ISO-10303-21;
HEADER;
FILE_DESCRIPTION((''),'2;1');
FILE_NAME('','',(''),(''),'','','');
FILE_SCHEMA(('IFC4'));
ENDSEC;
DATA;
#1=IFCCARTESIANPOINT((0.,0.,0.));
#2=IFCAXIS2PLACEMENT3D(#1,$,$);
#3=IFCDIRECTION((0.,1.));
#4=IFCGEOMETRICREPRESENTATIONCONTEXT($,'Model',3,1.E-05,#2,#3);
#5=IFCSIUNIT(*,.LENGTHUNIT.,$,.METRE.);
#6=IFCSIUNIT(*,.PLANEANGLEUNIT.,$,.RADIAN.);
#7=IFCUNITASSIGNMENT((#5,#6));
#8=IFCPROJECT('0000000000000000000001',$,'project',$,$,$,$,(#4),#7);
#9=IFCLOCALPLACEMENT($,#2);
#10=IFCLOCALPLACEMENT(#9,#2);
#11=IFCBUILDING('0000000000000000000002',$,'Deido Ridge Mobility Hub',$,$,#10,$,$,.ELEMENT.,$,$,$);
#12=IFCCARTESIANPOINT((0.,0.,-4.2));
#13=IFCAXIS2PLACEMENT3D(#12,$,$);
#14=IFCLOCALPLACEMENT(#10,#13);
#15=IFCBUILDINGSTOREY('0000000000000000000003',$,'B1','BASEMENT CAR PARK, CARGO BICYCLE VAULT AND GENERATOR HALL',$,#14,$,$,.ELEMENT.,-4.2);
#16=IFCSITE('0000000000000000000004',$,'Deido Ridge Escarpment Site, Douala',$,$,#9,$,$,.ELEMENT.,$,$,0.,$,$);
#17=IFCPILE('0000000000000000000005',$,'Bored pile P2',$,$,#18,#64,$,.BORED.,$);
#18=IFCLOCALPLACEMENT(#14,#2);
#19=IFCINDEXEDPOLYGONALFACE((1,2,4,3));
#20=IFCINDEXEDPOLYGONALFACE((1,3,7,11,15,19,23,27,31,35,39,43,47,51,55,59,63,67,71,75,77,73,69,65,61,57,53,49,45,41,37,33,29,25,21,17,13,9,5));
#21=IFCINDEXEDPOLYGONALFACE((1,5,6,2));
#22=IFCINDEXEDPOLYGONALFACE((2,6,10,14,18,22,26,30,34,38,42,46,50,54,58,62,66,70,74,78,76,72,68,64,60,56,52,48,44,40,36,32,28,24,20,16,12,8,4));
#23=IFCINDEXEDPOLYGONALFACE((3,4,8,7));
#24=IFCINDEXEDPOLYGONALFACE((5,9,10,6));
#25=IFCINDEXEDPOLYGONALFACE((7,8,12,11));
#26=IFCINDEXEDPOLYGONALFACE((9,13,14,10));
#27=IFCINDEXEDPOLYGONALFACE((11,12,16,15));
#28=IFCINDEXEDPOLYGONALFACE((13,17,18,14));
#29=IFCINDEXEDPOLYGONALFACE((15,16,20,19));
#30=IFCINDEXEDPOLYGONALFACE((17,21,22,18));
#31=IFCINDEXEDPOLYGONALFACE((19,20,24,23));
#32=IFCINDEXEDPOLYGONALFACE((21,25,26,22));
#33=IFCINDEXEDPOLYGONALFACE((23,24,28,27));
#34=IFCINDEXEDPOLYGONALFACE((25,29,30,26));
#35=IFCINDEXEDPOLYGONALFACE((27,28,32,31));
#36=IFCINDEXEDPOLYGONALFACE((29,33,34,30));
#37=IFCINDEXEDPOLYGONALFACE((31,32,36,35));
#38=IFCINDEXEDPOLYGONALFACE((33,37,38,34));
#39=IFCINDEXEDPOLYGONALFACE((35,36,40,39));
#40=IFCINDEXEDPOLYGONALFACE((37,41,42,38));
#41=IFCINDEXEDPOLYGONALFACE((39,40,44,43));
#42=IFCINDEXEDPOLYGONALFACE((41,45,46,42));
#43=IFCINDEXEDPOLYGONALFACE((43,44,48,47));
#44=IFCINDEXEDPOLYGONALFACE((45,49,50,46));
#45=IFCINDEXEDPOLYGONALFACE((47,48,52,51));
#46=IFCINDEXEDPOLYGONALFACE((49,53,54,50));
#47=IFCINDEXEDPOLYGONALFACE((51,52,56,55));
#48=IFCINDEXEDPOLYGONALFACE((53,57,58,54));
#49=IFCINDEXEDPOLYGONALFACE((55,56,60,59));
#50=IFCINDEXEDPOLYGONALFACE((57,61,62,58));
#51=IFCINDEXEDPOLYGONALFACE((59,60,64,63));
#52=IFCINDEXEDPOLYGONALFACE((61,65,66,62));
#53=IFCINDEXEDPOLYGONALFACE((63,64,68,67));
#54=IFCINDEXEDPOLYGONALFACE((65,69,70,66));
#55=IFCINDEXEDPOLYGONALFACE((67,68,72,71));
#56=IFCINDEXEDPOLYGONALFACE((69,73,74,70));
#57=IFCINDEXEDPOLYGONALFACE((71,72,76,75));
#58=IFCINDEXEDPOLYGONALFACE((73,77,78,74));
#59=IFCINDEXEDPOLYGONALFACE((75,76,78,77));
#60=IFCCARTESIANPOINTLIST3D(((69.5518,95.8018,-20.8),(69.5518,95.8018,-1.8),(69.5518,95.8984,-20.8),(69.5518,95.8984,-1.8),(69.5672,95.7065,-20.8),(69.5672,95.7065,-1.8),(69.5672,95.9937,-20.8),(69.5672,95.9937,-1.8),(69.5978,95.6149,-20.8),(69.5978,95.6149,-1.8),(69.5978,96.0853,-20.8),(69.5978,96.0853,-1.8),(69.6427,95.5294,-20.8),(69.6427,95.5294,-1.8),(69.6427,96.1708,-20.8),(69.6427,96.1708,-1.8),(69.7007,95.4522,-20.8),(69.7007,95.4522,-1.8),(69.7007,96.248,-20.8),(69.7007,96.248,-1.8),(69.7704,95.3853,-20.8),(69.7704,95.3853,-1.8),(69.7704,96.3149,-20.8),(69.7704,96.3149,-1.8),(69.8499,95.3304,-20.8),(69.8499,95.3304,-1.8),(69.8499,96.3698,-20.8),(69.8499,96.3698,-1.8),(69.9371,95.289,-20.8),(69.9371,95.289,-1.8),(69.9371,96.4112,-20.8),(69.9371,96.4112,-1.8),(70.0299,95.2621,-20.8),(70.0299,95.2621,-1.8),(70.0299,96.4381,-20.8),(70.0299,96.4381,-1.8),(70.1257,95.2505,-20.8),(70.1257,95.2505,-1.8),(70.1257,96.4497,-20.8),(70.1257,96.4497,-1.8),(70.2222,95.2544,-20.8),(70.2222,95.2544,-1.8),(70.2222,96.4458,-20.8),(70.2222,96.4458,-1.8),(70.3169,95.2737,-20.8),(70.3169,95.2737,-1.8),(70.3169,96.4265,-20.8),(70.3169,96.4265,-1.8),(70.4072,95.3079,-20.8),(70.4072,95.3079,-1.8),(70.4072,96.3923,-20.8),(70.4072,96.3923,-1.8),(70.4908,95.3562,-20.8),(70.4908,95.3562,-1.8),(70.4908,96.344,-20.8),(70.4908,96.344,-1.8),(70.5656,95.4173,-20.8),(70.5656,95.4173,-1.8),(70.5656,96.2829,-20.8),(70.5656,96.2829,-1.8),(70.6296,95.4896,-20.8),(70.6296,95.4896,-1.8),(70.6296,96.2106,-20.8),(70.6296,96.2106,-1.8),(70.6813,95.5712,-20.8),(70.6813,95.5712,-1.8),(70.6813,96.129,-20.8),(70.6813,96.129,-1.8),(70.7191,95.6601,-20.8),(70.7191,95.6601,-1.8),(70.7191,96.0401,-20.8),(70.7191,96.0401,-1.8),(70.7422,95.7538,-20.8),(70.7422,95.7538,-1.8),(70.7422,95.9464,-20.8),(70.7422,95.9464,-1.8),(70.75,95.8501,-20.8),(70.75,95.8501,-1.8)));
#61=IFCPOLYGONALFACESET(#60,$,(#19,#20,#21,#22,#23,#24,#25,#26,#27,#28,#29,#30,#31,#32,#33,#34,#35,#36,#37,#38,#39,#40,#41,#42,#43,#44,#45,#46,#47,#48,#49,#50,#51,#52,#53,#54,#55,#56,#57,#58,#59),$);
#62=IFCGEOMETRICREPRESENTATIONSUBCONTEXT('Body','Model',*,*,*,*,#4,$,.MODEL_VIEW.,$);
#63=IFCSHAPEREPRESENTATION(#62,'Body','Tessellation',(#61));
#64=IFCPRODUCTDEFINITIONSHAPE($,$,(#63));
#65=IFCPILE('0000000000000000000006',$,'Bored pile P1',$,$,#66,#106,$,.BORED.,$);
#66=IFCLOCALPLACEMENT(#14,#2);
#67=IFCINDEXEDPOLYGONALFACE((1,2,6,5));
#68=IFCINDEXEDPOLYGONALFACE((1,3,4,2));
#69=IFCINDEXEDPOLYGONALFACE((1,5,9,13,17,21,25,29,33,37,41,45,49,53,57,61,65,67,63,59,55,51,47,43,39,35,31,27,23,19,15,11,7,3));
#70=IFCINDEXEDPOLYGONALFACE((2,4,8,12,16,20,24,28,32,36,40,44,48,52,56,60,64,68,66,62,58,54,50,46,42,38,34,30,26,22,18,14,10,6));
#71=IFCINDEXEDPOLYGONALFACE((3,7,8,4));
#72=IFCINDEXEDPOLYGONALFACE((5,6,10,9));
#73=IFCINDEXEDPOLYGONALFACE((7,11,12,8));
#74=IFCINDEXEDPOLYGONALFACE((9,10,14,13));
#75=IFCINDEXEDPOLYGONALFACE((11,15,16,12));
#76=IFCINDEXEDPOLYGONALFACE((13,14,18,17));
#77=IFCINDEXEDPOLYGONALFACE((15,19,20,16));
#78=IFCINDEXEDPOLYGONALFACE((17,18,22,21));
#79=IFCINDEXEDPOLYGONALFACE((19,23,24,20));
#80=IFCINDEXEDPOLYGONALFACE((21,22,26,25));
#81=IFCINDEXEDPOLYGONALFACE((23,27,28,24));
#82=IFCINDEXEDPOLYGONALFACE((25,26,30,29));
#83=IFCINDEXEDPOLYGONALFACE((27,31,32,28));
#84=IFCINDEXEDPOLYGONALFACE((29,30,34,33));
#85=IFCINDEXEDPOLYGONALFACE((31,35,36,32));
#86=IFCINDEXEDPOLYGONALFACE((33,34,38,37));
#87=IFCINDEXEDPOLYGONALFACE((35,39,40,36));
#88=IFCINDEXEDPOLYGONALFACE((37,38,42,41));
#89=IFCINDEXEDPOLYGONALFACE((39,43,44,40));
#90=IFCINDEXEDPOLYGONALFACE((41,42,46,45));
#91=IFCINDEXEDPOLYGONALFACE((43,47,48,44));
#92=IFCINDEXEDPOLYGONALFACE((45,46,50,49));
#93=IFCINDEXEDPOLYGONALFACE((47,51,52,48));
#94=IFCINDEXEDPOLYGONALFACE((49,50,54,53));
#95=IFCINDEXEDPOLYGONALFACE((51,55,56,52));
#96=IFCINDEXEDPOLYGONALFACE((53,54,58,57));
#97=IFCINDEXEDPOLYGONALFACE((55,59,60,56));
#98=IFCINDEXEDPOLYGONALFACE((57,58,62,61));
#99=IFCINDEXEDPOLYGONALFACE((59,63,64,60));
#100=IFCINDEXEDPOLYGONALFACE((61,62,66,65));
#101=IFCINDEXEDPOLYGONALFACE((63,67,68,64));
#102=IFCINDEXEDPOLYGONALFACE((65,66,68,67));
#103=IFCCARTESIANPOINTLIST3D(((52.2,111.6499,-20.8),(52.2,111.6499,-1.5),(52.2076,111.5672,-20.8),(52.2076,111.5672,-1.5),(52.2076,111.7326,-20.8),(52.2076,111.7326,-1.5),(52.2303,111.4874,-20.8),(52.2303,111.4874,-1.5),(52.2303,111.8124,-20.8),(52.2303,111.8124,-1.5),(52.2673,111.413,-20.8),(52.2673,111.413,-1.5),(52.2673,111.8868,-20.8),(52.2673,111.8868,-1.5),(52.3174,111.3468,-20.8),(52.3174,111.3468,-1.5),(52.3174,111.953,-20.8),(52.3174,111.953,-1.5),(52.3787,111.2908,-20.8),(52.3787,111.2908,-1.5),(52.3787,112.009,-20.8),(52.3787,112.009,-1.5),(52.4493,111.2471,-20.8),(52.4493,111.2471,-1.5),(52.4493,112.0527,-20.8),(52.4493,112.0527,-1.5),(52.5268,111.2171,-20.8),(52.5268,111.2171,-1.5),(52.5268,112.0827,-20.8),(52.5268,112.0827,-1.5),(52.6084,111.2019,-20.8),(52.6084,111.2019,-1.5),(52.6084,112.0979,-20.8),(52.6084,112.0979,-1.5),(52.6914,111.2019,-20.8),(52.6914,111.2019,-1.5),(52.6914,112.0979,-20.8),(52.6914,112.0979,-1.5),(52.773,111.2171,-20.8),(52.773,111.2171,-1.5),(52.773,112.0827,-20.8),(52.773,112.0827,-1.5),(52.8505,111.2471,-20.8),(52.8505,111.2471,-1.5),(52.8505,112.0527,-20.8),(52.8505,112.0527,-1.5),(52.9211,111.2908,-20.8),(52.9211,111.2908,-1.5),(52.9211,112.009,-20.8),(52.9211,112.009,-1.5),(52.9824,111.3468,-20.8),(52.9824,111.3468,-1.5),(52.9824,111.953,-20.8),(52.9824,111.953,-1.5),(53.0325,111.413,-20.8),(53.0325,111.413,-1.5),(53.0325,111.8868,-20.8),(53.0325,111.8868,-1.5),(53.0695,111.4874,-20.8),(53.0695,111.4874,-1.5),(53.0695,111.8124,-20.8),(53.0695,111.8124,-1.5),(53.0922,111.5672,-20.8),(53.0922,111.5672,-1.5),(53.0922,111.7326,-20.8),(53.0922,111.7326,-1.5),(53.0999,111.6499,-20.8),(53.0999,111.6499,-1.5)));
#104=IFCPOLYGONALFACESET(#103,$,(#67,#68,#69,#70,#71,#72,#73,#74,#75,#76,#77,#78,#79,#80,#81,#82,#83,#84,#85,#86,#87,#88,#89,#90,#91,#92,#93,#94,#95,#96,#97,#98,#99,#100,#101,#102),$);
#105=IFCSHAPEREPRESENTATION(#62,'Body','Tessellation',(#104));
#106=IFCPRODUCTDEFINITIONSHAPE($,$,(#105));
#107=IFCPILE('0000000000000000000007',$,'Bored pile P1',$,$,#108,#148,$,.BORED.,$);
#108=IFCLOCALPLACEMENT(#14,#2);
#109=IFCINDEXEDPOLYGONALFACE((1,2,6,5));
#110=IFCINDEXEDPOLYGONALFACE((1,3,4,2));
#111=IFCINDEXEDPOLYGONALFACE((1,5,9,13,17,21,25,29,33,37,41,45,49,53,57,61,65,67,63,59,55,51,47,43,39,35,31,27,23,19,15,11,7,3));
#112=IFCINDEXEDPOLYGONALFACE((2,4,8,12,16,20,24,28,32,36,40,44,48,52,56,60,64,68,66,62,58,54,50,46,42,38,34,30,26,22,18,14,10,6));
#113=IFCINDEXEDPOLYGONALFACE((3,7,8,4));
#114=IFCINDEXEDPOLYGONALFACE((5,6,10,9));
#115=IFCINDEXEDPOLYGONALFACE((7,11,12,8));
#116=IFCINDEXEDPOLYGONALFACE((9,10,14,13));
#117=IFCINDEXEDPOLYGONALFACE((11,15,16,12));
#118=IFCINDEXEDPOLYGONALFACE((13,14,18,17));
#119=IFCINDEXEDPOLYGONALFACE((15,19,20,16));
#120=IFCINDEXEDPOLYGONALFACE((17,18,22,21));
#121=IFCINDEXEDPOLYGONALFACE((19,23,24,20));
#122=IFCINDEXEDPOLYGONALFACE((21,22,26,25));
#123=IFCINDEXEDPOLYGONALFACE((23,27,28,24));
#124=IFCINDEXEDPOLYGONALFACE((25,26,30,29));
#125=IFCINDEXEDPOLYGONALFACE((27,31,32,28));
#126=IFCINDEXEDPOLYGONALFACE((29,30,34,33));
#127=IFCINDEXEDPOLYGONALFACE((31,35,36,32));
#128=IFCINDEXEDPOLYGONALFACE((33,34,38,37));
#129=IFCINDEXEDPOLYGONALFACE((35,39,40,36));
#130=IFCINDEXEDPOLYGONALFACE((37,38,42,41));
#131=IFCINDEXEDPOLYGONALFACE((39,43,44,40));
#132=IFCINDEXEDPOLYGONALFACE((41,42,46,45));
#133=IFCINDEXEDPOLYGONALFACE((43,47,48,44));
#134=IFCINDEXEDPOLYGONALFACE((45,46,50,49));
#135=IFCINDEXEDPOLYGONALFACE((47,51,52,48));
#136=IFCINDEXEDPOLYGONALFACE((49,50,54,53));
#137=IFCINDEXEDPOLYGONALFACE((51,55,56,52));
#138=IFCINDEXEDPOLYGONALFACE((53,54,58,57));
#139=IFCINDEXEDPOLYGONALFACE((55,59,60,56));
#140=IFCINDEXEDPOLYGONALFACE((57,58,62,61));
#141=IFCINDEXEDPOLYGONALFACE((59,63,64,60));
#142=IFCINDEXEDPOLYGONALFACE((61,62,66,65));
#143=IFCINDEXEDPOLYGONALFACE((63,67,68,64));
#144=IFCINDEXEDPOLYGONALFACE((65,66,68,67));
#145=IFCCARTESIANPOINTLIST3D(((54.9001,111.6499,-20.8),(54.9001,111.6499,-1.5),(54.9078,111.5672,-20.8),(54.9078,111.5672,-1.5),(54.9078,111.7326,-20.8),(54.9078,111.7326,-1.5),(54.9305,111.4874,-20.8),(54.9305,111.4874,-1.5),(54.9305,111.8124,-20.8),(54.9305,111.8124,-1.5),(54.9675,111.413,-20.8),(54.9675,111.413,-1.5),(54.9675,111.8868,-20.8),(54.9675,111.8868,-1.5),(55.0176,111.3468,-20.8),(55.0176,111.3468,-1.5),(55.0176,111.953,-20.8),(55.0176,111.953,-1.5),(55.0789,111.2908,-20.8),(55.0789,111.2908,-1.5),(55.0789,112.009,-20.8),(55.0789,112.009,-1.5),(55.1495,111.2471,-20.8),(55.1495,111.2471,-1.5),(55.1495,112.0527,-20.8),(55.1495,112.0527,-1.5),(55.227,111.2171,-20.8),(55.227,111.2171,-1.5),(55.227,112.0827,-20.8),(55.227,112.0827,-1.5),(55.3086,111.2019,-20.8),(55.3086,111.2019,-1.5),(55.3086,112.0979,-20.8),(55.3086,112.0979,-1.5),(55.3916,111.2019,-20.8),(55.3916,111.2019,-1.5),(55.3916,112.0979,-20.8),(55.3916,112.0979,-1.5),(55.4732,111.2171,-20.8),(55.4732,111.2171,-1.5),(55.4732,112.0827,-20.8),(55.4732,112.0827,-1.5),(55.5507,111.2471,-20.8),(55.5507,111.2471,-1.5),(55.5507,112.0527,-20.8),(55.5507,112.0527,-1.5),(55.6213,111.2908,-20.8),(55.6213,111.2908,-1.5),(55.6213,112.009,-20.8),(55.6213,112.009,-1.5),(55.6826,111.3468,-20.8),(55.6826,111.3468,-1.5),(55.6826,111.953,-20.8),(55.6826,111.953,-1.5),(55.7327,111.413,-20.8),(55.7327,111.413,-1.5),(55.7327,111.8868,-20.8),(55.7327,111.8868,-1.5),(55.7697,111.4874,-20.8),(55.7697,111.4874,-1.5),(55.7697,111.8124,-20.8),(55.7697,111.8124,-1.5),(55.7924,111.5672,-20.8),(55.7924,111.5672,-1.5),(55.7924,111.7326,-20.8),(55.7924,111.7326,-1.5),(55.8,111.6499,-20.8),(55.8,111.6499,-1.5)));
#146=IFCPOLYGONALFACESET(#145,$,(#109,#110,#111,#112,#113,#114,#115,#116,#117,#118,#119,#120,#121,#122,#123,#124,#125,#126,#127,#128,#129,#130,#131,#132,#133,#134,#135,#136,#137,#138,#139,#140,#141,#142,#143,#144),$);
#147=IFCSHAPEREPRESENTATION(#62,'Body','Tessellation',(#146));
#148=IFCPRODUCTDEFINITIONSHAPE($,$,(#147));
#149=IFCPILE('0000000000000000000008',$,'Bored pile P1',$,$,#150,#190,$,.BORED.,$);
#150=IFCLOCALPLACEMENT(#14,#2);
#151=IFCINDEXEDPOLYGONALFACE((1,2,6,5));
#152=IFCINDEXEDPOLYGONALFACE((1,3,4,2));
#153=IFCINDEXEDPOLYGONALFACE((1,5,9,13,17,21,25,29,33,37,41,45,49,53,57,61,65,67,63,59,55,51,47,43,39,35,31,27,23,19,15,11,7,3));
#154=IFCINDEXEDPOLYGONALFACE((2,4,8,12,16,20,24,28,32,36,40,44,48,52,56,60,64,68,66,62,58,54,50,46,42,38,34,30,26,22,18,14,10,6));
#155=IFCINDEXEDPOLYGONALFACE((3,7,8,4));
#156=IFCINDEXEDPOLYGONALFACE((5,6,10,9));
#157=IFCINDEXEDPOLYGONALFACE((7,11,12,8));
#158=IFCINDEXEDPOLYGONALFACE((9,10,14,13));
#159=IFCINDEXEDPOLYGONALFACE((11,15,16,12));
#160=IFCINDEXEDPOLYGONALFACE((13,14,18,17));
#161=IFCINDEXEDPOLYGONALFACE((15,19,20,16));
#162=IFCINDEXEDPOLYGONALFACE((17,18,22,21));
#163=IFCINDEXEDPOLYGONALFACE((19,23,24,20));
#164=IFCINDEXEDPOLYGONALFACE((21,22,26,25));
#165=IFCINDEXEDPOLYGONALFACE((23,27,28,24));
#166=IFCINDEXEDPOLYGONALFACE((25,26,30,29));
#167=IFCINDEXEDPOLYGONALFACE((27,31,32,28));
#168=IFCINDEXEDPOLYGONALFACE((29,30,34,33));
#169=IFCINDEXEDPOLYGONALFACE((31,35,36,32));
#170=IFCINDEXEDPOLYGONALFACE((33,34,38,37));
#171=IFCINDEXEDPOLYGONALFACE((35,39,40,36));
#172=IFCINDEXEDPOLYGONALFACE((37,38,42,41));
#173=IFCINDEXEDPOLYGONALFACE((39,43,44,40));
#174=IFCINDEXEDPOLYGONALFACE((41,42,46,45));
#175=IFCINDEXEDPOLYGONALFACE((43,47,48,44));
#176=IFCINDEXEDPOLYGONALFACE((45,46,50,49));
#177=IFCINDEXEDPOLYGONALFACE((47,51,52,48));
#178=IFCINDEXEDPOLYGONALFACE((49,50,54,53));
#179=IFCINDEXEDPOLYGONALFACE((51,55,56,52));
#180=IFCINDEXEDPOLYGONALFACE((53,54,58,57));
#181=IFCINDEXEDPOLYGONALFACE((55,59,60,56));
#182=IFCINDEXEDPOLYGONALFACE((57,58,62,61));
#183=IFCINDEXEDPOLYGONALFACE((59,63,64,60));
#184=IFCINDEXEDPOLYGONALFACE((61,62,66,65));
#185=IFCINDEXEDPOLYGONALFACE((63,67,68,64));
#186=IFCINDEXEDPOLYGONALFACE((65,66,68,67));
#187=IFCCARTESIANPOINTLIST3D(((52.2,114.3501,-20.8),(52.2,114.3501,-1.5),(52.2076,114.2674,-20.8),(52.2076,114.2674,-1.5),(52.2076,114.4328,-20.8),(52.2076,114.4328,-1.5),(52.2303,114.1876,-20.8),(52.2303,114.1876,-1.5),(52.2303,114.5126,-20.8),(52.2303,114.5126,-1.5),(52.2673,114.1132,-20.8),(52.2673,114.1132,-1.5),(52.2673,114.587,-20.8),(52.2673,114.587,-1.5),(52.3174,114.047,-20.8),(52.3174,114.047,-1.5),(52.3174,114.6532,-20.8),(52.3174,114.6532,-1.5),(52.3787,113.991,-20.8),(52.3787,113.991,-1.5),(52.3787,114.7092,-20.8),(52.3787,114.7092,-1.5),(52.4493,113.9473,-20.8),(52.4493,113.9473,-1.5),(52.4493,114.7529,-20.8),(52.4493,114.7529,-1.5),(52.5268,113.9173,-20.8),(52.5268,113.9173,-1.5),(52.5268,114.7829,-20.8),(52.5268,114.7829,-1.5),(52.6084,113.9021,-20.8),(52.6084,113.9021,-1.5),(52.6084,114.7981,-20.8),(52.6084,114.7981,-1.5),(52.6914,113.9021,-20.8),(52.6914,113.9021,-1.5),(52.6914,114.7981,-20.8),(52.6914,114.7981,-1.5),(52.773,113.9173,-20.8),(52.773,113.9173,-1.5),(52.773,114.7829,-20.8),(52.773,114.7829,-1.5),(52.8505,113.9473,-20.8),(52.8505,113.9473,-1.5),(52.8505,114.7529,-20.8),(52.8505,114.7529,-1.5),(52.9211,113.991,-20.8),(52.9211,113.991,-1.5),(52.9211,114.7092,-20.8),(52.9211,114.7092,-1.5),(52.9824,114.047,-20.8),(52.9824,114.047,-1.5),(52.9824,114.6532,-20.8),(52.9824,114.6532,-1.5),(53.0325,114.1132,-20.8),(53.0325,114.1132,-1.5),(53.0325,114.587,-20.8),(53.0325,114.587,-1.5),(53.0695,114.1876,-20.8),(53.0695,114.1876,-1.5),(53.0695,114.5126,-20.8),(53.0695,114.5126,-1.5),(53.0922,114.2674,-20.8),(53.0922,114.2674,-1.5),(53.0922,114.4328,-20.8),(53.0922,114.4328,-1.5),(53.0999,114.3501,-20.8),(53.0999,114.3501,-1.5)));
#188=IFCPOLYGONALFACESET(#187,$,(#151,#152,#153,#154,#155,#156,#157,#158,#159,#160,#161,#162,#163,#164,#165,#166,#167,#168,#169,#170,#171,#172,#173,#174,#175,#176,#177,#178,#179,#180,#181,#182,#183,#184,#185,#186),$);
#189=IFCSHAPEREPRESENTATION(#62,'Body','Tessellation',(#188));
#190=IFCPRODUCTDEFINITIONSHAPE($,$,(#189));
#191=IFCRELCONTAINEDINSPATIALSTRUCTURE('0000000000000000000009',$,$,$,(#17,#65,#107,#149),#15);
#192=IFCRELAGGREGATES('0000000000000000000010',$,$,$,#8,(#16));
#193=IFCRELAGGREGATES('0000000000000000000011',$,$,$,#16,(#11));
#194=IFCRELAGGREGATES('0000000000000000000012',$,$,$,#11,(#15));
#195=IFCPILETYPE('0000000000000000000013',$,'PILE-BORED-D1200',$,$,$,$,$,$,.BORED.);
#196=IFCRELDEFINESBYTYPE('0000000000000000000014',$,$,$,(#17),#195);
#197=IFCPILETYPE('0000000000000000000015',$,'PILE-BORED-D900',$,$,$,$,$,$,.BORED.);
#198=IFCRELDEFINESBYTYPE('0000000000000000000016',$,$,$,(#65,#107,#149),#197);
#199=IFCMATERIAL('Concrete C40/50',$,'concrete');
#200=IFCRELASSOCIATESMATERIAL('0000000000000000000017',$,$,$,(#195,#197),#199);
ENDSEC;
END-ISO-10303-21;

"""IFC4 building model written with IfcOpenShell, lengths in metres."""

from ifc_helpers import new_model, si_unit, direction, frame, origin, origin_2d, place, context, subcontext, project, spatial, circle, extrude, material, material_profile, profile_set, type_object, element, save


model = new_model("IFC4")

# Units and contexts
model_context = context("Model", 3, precision=1e-05, world=origin(), true_north=direction((0.0, 1.0)))
body_context = subcontext(model_context, "Body", "Model", "MODEL_VIEW")
ifc_project = project(units=[si_unit("LENGTHUNIT", "METRE"), si_unit("PLANEANGLEUNIT", "RADIAN")], contexts=[model_context])

# Site, building, storey
site_placement = place(None, origin())
site = spatial("IfcSite", under=ifc_project, at=site_placement, Name="Deido Ridge Escarpment Site, Douala", CompositionType="ELEMENT", RefElevation=0.0)
building_placement = place(site_placement, origin())
building = spatial("IfcBuilding", under=site, at=building_placement, Name="Deido Ridge Mobility Hub", CompositionType="ELEMENT")
storey_placement = place(building_placement, frame((0.0, 0.0, -4.2)))
storey = spatial("IfcBuildingStorey", under=building, at=storey_placement, Name="B1", Description="BASEMENT CAR PARK, CARGO BICYCLE VAULT AND GENERATOR HALL", CompositionType="ELEMENT", Elevation=-4.2)

# Shared definitions
ifc_material_1 = material(Name="Concrete C40/50", Category="concrete")

# Piles
ifc_material_profile_1 = material_profile(ifc_material_1, circle(Radius=0.6001, at=origin_2d()), Name="BORED PILE D1200")
ifc_profile_set_1 = profile_set([ifc_material_profile_1], Name="Concrete C40/50")
pile_type_1 = type_object("IfcPileType", Name="PILE-BORED-D1200", PredefinedType="BORED", material=ifc_profile_set_1)
pile_1_placement = place(storey_placement, frame((70.1499, 95.8501, -1.8), z_axis=(0.0, 0.0, -1.0), x_axis=(1.0, 0.0, 0.0)))
element("IfcPile", 1, at=pile_1_placement, inside=storey, type_object=pile_type_1, Name="Bored pile P2", PredefinedType="BORED", context=body_context, shape_type="SweptSolid", body=[
    extrude(circle(Radius=0.6001, at=origin_2d()), origin(), (0.0, 0.0, 1.0), 19.0),
])
ifc_material_profile_2 = material_profile(ifc_material_1, circle(Radius=0.45, at=origin_2d()), Name="BORED PILE D900")
ifc_profile_set_2 = profile_set([ifc_material_profile_2], Name="Concrete C40/50")
pile_type_2 = type_object("IfcPileType", Name="PILE-BORED-D900", PredefinedType="BORED", material=ifc_profile_set_2)
for number, where, z_axis, x_axis, name in (
    (2, (52.6499, 111.6499, -1.5), (0.0, 0.0, -1.0), (1.0, 0.0, 0.0), "Bored pile P1"),
    (3, (55.3501, 111.6499, -1.5), (0.0, 0.0, -1.0), (1.0, 0.0, 0.0), "Bored pile P1"),
    (4, (52.6499, 114.3501, -1.5), (0.0, 0.0, -1.0), (1.0, 0.0, 0.0), "Bored pile P1"),
):
    element("IfcPile", number, at=place(storey_placement, frame(where, z_axis=z_axis, x_axis=x_axis)), inside=storey, type_object=pile_type_2, Name=name, PredefinedType="BORED", context=body_context, shape_type="SweptSolid", body=[
        extrude(circle(Radius=0.45, at=origin_2d()), origin(), (0.0, 0.0, 1.0), 19.3),
    ])

save(model, "model.ifc")
